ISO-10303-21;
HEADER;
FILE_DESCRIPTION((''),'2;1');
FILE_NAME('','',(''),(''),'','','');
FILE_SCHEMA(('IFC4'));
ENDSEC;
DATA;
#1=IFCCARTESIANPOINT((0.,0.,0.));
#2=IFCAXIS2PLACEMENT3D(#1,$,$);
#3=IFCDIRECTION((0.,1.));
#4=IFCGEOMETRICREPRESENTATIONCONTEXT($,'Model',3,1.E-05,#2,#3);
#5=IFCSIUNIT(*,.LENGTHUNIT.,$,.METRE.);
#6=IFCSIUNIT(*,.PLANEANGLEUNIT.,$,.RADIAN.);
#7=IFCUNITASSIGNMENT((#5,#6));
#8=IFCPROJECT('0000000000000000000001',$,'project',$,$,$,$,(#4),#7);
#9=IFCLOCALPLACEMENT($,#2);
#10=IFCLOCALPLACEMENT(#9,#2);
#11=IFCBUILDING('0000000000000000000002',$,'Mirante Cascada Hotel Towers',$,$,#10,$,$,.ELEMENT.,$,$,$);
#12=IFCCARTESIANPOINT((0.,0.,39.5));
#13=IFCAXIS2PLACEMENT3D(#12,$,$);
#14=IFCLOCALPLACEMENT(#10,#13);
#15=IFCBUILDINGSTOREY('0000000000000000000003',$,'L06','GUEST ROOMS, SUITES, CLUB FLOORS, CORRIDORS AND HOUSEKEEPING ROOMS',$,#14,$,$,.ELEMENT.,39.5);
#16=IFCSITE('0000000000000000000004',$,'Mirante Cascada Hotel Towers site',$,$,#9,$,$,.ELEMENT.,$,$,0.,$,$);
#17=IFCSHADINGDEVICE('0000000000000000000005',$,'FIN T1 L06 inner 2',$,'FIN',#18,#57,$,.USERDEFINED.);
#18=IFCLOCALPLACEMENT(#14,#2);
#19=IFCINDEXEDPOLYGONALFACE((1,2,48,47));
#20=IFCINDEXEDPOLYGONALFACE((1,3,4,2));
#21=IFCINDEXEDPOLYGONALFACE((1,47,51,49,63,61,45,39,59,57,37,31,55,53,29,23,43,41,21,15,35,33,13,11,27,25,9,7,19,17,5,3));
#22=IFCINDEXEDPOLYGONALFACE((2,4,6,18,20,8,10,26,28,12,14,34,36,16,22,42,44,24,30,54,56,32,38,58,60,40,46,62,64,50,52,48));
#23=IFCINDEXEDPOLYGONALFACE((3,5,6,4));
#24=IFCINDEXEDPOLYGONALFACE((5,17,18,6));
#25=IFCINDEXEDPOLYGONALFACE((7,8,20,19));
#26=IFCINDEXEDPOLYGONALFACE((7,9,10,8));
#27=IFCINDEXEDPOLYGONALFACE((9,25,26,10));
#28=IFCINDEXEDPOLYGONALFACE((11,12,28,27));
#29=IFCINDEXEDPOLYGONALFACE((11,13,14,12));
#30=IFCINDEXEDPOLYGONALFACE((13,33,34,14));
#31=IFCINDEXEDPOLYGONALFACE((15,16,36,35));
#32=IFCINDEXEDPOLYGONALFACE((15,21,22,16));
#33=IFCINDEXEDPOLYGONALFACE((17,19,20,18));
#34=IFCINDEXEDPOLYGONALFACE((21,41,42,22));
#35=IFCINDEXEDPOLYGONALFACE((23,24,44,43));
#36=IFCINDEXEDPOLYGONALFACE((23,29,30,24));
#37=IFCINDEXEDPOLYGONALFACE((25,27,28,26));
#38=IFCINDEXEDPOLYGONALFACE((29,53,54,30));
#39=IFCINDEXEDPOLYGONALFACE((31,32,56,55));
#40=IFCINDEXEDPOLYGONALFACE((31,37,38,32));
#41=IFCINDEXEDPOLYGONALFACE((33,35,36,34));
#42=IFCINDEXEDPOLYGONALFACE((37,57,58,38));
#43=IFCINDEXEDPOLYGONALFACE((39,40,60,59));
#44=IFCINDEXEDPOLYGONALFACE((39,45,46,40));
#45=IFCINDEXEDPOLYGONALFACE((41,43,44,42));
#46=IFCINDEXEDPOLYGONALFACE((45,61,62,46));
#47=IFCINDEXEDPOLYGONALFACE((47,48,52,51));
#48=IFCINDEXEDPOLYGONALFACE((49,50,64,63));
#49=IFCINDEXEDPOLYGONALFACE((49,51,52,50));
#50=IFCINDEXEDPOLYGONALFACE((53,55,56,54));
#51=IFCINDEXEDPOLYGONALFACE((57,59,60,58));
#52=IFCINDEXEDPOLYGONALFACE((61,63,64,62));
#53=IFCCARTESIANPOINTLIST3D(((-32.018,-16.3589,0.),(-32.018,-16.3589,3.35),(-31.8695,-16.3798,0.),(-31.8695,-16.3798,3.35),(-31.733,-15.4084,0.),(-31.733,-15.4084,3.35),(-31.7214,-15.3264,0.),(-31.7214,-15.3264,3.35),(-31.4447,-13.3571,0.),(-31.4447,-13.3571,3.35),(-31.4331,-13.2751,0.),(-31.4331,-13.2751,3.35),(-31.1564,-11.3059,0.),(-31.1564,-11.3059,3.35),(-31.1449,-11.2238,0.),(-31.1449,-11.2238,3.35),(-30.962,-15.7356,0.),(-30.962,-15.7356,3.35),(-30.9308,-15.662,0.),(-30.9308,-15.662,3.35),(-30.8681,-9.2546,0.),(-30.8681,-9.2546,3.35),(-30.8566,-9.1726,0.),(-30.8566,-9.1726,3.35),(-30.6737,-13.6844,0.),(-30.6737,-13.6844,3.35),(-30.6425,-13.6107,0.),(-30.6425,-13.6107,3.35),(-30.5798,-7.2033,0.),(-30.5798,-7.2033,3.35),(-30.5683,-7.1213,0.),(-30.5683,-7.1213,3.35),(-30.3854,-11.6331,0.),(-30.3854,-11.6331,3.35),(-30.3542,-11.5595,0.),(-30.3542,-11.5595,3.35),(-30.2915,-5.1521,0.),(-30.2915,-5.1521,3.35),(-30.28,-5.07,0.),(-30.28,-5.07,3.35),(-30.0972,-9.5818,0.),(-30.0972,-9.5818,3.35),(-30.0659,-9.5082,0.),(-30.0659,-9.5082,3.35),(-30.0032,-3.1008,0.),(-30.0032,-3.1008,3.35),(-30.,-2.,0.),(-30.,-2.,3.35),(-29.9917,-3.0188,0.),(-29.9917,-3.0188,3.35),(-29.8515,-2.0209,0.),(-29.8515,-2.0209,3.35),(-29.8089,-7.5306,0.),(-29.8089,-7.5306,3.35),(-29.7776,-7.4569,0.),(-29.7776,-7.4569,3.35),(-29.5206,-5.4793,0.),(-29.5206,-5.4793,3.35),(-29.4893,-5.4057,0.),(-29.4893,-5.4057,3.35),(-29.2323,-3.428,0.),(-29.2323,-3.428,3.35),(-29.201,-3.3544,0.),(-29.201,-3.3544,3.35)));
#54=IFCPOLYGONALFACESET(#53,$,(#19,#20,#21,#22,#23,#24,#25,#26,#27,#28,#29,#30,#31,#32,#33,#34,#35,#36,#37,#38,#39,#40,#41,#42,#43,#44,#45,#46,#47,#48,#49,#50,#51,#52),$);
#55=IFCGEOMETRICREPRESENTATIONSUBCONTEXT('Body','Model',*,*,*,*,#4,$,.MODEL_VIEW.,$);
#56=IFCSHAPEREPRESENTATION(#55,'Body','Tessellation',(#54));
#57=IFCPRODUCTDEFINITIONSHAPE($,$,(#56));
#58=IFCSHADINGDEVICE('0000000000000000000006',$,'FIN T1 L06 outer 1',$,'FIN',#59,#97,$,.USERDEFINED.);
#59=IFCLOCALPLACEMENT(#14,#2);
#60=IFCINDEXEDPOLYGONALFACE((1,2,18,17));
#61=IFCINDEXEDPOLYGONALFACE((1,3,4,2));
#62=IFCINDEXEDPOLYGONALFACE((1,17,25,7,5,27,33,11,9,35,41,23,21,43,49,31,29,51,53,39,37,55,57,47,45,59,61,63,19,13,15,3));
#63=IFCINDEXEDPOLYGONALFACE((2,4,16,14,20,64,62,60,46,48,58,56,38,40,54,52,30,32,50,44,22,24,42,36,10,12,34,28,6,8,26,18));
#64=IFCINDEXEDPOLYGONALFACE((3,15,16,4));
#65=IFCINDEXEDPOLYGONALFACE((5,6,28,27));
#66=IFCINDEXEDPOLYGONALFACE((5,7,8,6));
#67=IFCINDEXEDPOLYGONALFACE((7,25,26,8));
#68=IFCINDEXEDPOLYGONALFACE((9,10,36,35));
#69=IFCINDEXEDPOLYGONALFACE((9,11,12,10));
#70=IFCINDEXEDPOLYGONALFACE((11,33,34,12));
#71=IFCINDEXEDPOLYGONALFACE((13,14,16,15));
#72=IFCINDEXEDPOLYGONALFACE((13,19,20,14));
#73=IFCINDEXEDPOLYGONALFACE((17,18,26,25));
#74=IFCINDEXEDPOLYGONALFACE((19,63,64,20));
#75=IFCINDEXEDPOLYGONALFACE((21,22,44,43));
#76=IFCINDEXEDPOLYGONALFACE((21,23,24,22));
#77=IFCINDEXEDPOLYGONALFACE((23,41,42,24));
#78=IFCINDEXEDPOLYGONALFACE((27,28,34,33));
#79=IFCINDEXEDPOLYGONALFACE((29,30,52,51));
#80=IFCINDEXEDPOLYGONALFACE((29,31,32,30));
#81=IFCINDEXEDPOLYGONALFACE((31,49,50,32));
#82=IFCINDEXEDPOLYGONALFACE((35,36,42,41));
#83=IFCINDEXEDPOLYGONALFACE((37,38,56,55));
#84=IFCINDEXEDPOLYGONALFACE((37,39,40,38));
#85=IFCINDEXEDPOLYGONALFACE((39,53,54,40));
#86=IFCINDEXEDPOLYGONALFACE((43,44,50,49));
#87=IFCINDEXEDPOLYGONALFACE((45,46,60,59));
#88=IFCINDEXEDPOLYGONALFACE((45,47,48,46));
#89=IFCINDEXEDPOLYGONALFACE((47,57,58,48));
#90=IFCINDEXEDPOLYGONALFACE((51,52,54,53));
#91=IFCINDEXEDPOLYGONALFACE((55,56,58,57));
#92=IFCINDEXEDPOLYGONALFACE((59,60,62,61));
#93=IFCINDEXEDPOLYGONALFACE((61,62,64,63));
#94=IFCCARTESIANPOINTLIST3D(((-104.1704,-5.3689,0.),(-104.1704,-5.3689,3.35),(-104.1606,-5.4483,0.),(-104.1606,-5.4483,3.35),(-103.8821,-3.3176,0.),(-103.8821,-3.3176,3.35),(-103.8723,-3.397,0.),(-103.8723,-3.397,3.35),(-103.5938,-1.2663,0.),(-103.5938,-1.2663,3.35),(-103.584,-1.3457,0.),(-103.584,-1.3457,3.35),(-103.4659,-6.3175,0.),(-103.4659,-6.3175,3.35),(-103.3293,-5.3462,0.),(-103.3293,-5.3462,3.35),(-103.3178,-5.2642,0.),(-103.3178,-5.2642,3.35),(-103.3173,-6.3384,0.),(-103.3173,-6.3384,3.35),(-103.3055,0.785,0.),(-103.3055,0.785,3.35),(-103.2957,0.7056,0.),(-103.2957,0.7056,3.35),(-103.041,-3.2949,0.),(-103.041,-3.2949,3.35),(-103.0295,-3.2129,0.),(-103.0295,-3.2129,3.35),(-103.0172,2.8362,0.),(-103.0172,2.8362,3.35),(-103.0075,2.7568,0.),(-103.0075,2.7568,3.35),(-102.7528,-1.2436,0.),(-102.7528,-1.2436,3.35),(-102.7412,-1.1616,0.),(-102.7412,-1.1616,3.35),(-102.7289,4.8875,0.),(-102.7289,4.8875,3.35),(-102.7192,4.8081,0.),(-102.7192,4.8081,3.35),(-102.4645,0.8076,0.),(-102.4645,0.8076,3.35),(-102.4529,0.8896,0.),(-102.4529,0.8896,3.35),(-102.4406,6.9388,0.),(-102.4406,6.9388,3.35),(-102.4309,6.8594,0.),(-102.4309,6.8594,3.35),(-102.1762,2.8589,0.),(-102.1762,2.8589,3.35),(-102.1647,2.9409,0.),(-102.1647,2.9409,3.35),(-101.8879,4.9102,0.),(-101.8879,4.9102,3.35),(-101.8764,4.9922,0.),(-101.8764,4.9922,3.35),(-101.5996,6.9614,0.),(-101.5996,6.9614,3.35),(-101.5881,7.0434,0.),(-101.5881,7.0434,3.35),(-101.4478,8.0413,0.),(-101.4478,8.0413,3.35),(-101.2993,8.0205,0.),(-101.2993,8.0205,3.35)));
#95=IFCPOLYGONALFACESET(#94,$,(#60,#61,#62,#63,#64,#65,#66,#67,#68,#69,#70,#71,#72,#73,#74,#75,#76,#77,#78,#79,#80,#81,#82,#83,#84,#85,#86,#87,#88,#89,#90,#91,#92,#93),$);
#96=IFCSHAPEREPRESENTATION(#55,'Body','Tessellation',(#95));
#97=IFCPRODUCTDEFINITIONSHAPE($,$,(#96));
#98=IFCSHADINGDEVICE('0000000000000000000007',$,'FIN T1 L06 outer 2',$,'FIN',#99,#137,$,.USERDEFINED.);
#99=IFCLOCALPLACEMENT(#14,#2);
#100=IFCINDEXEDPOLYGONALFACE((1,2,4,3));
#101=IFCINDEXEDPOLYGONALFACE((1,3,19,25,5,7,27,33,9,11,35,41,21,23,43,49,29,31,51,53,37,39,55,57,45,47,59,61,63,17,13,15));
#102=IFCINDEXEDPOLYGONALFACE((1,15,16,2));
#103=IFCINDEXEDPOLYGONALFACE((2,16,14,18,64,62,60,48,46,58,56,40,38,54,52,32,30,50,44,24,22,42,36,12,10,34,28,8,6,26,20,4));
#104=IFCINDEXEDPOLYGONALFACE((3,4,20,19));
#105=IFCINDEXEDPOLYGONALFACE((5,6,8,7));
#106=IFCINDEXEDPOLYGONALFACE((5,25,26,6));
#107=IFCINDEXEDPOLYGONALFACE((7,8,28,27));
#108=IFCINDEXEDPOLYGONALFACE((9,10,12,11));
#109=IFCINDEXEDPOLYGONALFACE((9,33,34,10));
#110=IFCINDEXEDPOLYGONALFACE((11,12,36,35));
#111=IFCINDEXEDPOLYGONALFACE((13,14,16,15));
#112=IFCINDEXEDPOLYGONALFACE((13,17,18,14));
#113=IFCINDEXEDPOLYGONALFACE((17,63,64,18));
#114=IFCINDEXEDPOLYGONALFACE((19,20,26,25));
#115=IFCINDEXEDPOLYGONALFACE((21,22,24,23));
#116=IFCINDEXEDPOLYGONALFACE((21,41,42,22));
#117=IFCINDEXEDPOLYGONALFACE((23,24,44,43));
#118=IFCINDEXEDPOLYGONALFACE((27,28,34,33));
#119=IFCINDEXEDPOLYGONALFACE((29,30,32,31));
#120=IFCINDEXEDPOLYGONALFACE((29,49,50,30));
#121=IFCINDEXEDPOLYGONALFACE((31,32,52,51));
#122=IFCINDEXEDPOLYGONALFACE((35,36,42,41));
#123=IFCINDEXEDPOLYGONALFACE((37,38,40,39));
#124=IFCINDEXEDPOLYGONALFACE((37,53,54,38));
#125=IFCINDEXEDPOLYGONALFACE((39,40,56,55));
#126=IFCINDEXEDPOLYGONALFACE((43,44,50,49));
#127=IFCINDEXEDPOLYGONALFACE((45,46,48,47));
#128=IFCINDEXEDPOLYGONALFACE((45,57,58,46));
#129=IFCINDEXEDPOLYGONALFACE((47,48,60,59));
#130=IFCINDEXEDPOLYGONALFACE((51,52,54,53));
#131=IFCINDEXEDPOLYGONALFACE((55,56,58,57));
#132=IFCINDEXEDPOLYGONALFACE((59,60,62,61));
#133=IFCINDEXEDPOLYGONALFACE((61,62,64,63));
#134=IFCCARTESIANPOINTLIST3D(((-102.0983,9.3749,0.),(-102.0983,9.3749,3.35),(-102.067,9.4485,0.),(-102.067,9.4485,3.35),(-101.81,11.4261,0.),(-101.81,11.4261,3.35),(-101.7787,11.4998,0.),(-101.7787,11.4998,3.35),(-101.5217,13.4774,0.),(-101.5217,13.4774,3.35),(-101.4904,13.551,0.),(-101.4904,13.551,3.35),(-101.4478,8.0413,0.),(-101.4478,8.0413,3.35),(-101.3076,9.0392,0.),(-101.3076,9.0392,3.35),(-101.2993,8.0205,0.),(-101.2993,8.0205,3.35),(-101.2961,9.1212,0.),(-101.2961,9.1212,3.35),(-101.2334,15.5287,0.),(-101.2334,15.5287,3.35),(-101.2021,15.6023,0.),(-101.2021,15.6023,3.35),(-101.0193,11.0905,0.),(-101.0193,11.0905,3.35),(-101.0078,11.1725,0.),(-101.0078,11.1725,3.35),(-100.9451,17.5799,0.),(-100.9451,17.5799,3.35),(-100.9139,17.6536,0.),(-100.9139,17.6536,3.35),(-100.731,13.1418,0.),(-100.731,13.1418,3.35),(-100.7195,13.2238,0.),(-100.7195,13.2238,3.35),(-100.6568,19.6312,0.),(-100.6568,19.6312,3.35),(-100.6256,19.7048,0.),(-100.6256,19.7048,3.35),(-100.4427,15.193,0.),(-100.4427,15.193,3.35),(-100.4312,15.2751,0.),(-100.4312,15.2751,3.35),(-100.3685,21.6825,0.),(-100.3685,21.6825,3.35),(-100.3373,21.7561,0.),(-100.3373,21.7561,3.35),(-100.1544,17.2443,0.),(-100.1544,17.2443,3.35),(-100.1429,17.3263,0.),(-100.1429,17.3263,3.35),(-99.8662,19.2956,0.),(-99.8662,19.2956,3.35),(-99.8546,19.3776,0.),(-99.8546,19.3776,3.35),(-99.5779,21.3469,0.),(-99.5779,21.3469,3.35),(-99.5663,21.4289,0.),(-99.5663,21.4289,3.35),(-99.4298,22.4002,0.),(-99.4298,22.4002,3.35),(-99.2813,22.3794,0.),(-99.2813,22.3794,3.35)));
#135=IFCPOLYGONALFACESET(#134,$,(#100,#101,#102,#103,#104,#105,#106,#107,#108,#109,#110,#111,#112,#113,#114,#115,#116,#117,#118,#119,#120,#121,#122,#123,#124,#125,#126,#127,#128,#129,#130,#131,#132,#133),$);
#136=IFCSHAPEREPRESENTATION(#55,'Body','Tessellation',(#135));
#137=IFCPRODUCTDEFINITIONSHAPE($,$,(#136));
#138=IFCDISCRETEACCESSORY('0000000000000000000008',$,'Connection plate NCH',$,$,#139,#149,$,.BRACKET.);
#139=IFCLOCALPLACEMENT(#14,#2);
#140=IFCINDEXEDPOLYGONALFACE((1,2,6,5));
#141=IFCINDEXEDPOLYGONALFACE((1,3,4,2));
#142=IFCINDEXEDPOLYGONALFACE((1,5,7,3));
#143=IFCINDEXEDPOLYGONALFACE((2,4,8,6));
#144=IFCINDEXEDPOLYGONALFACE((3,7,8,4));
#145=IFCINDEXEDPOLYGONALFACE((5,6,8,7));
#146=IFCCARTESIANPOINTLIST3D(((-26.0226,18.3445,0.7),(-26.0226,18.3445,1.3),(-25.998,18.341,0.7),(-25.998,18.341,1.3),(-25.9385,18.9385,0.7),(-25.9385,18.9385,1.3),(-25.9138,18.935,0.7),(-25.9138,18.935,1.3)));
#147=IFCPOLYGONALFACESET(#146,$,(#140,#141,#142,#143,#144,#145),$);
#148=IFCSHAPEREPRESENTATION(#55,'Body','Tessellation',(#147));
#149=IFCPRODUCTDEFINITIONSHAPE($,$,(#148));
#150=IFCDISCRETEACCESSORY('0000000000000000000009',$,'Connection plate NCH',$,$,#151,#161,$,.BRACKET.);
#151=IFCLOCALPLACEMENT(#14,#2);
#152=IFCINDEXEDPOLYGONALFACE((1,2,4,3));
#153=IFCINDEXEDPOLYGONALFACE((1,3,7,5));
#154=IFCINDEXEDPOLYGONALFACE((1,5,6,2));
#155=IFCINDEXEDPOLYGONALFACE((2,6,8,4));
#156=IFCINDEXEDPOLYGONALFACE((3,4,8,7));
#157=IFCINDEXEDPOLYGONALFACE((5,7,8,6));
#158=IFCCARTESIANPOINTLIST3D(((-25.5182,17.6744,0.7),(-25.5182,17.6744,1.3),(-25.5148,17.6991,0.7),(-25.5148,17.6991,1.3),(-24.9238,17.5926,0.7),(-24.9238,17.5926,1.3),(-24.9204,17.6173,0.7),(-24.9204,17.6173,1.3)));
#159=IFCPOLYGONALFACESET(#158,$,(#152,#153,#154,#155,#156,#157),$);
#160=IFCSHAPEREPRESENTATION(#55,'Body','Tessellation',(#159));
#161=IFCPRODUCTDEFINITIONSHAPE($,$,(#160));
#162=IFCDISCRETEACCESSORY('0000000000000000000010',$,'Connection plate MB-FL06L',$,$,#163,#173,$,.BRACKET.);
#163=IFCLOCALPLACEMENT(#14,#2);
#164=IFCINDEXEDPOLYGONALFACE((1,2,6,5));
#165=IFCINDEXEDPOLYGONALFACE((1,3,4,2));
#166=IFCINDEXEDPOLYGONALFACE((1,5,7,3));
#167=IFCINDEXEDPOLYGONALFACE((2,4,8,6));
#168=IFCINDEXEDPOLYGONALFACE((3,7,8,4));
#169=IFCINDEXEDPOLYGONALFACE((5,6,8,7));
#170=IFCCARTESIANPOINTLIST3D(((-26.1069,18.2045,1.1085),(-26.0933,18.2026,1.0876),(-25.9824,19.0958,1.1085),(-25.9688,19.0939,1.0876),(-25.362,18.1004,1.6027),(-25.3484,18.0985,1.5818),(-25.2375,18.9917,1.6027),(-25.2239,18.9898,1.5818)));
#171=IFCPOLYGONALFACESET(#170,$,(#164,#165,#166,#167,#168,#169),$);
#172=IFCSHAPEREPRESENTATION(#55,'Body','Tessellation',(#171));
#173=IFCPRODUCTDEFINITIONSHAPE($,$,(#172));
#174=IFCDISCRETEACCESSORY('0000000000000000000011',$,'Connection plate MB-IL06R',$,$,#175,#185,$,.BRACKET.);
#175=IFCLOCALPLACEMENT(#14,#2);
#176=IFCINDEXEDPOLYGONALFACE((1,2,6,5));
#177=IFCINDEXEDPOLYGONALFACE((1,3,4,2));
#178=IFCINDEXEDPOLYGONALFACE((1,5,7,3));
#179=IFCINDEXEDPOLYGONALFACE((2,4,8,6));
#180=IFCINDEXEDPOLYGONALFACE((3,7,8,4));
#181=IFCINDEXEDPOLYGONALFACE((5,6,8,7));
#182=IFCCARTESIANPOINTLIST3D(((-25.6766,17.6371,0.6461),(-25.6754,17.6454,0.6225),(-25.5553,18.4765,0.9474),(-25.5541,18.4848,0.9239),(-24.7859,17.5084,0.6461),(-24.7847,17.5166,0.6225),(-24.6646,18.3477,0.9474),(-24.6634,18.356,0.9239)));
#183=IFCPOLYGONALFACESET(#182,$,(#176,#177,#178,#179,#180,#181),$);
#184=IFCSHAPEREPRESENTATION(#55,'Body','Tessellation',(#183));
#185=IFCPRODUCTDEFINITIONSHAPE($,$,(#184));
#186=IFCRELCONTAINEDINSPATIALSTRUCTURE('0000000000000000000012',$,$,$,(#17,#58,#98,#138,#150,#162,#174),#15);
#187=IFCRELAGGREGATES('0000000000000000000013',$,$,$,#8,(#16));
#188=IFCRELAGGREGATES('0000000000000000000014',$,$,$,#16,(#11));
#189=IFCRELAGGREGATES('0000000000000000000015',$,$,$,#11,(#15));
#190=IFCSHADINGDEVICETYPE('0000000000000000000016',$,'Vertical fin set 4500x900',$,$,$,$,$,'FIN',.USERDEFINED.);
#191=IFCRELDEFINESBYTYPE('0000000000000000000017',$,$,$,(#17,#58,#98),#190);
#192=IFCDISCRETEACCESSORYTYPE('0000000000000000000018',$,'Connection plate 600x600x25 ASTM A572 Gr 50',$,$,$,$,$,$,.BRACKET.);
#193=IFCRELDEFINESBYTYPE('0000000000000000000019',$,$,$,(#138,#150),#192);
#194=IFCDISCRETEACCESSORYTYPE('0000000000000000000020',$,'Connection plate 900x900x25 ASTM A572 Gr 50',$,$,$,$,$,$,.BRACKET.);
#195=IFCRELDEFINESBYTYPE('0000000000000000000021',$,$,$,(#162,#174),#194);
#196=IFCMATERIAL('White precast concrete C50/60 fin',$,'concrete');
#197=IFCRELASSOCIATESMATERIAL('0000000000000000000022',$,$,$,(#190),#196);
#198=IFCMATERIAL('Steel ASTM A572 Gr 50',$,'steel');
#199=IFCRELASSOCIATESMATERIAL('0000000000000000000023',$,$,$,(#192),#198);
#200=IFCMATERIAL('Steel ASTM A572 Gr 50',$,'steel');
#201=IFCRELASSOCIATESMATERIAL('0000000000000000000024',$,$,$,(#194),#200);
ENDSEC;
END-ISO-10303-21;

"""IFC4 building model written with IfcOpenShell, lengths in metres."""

from ifc_helpers import new_model, si_unit, direction, frame, origin, origin_2d, place, context, subcontext, project, spatial, polyline, rectangle, outline, extrude, material, material_profile, profile_set, type_object, element, save


model = new_model("IFC4")

# Units and contexts
model_context = context("Model", 3, precision=1e-05, world=origin(), true_north=direction((0.0, 1.0)))
body_context = subcontext(model_context, "Body", "Model", "MODEL_VIEW")
ifc_project = project(units=[si_unit("LENGTHUNIT", "METRE"), si_unit("PLANEANGLEUNIT", "RADIAN")], contexts=[model_context])

# Site, building, storey
site_placement = place(None, origin())
site = spatial("IfcSite", under=ifc_project, at=site_placement, Name="Mirante Cascada Hotel Towers site", CompositionType="ELEMENT", RefElevation=0.0)
building_placement = place(site_placement, origin())
building = spatial("IfcBuilding", under=site, at=building_placement, Name="Mirante Cascada Hotel Towers", CompositionType="ELEMENT")
storey_placement = place(building_placement, frame((0.0, 0.0, 39.5)))
storey = spatial("IfcBuildingStorey", under=building, at=storey_placement, Name="L06", Description="GUEST ROOMS, SUITES, CLUB FLOORS, CORRIDORS AND HOUSEKEEPING ROOMS", CompositionType="ELEMENT", Elevation=39.5)

# Shading devices
ifc_material_1 = material(Name="White precast concrete C50/60 fin", Category="concrete")
shading_device_type = type_object("IfcShadingDeviceType", Name="Vertical fin set 4500x900", ElementType="FIN", PredefinedType="USERDEFINED", material=ifc_material_1)
shading_device_1_placement = place(storey_placement, origin())
element("IfcShadingDevice", 1, at=shading_device_1_placement, inside=storey, type_object=shading_device_type, Name="FIN T1 L06 inner 2", ObjectType="FIN", PredefinedType="USERDEFINED", context=body_context, shape_type="SweptSolid", body=[
    extrude(outline(polyline([(-31.733, -15.4084), (-31.8695, -16.3798), (-32.018, -16.3589), (-30.0, -2.0), (-29.8515, -2.0209), (-29.9917, -3.0188), (-29.201, -3.3544), (-29.2323, -3.428), (-30.0032, -3.1008), (-30.28, -5.07), (-29.4893, -5.4057), (-29.5206, -5.4793), (-30.2915, -5.1521), (-30.5683, -7.1213), (-29.7776, -7.4569), (-29.8089, -7.5306), (-30.5798, -7.2033), (-30.8566, -9.1726), (-30.0659, -9.5082), (-30.0972, -9.5818), (-30.8681, -9.2546), (-31.1449, -11.2238), (-30.3542, -11.5595), (-30.3854, -11.6331), (-31.1564, -11.3059), (-31.4331, -13.2751), (-30.6425, -13.6107), (-30.6737, -13.6844), (-31.4447, -13.3571), (-31.7214, -15.3264), (-30.9308, -15.662), (-30.962, -15.7356), (-31.733, -15.4084)])), origin(), (0.0, 0.0, 1.0), 3.35),
])
shading_device_2_placement = place(storey_placement, origin())
element("IfcShadingDevice", 2, at=shading_device_2_placement, inside=storey, type_object=shading_device_type, Name="FIN T1 L06 outer 1", ObjectType="FIN", PredefinedType="USERDEFINED", context=body_context, shape_type="SweptSolid", body=[
    extrude(outline(polyline([(-103.3178, -5.2642), (-103.041, -3.2949), (-103.8723, -3.397), (-103.8821, -3.3176), (-103.0295, -3.2129), (-102.7528, -1.2436), (-103.584, -1.3457), (-103.5938, -1.2663), (-102.7412, -1.1616), (-102.4645, 0.8076), (-103.2957, 0.7056), (-103.3055, 0.785), (-102.4529, 0.8896), (-102.1762, 2.8589), (-103.0075, 2.7568), (-103.0172, 2.8362), (-102.1647, 2.9409), (-101.8879, 4.9102), (-102.7192, 4.8081), (-102.7289, 4.8875), (-101.8764, 4.9922), (-101.5996, 6.9614), (-102.4309, 6.8594), (-102.4406, 6.9388), (-101.5881, 7.0434), (-101.4478, 8.0413), (-101.2993, 8.0205), (-103.3173, -6.3384), (-103.4659, -6.3175), (-103.3293, -5.3462), (-104.1606, -5.4483), (-104.1704, -5.3689), (-103.3178, -5.2642)])), origin(), (0.0, 0.0, 1.0), 3.35),
])
shading_device_3_placement = place(storey_placement, origin())
element("IfcShadingDevice", 3, at=shading_device_3_placement, inside=storey, type_object=shading_device_type, Name="FIN T1 L06 outer 2", ObjectType="FIN", PredefinedType="USERDEFINED", context=body_context, shape_type="SweptSolid", body=[
    extrude(outline(polyline([(-101.2961, 9.1212), (-101.0193, 11.0905), (-101.81, 11.4261), (-101.7787, 11.4998), (-101.0078, 11.1725), (-100.731, 13.1418), (-101.5217, 13.4774), (-101.4904, 13.551), (-100.7195, 13.2238), (-100.4427, 15.193), (-101.2334, 15.5287), (-101.2021, 15.6023), (-100.4312, 15.2751), (-100.1544, 17.2443), (-100.9451, 17.5799), (-100.9139, 17.6536), (-100.1429, 17.3263), (-99.8662, 19.2956), (-100.6568, 19.6312), (-100.6256, 19.7048), (-99.8546, 19.3776), (-99.5779, 21.3469), (-100.3685, 21.6825), (-100.3373, 21.7561), (-99.5663, 21.4289), (-99.4298, 22.4002), (-99.2813, 22.3794), (-101.2993, 8.0205), (-101.4478, 8.0413), (-101.3076, 9.0392), (-102.0983, 9.3749), (-102.067, 9.4485), (-101.2961, 9.1212)])), origin(), (0.0, 0.0, 1.0), 3.35),
])

# Discrete accessories
ifc_material_2 = material(Name="Steel ASTM A572 Gr 50", Category="steel")
ifc_material_profile_1 = material_profile(ifc_material_2, rectangle(XDim=0.6, YDim=0.6, at=origin_2d()), Name="Connection plate 600x600x25 ASTM A572 Gr 50")
ifc_profile_set_1 = profile_set([ifc_material_profile_1], Name="Steel ASTM A572 Gr 50")
discrete_accessory_type_1 = type_object("IfcDiscreteAccessoryType", Name="Connection plate 600x600x25 ASTM A572 Gr 50", PredefinedType="BRACKET", material=ifc_profile_set_1)
for number, where, z_axis, x_axis, name in (
    (4, (-25.9559, 18.638, 1.0), (-0.990109, 0.140299, 0.0), (-0.140299, -0.990109, 0.0), "Connection plate NCH"),
    (5, (-25.221, 17.6335, 1.0), (0.136366, 0.990658, 0.0), (-0.990658, 0.136366, 0.0), "Connection plate NCH"),
):
    element("IfcDiscreteAccessory", number, at=place(storey_placement, frame(where, z_axis=z_axis, x_axis=x_axis)), inside=storey, type_object=discrete_accessory_type_1, Name=name, PredefinedType="BRACKET", context=body_context, shape_type="SweptSolid", body=[
        extrude(rectangle(XDim=0.6, YDim=0.6, at=origin_2d()), origin(), (0.0, 0.0, 1.0), 0.0249),
    ])
ifc_material_3 = material(Name="Steel ASTM A572 Gr 50", Category="steel")
ifc_material_profile_2 = material_profile(ifc_material_3, rectangle(XDim=0.9, YDim=0.9, at=origin_2d()), Name="Connection plate 900x900x25 ASTM A572 Gr 50")
ifc_profile_set_2 = profile_set([ifc_material_profile_2], Name="Steel ASTM A572 Gr 50")
discrete_accessory_type_2 = type_object("IfcDiscreteAccessoryType", Name="Connection plate 900x900x25 ASTM A572 Gr 50", PredefinedType="BRACKET", material=ifc_profile_set_2)
for number, where, z_axis, x_axis, name in (
    (6, (-25.6586, 18.5962, 1.3347), (-0.543835, 0.075977, 0.835746), (-0.138362, -0.990382, 0.0), "Connection plate MB-FL06L"),
    (7, (-25.1694, 18.0007, 0.7732), (-0.047912, -0.331393, 0.942275), (0.98971, -0.143091, 0.0), "Connection plate MB-IL06R"),
):
    element("IfcDiscreteAccessory", number, at=place(storey_placement, frame(where, z_axis=z_axis, x_axis=x_axis)), inside=storey, type_object=discrete_accessory_type_2, Name=name, PredefinedType="BRACKET", context=body_context, shape_type="SweptSolid", body=[
        extrude(rectangle(XDim=0.9, YDim=0.9, at=origin_2d()), origin(), (0.0, 0.0, 1.0), 0.025),
    ])

save(model, "model.ifc")
